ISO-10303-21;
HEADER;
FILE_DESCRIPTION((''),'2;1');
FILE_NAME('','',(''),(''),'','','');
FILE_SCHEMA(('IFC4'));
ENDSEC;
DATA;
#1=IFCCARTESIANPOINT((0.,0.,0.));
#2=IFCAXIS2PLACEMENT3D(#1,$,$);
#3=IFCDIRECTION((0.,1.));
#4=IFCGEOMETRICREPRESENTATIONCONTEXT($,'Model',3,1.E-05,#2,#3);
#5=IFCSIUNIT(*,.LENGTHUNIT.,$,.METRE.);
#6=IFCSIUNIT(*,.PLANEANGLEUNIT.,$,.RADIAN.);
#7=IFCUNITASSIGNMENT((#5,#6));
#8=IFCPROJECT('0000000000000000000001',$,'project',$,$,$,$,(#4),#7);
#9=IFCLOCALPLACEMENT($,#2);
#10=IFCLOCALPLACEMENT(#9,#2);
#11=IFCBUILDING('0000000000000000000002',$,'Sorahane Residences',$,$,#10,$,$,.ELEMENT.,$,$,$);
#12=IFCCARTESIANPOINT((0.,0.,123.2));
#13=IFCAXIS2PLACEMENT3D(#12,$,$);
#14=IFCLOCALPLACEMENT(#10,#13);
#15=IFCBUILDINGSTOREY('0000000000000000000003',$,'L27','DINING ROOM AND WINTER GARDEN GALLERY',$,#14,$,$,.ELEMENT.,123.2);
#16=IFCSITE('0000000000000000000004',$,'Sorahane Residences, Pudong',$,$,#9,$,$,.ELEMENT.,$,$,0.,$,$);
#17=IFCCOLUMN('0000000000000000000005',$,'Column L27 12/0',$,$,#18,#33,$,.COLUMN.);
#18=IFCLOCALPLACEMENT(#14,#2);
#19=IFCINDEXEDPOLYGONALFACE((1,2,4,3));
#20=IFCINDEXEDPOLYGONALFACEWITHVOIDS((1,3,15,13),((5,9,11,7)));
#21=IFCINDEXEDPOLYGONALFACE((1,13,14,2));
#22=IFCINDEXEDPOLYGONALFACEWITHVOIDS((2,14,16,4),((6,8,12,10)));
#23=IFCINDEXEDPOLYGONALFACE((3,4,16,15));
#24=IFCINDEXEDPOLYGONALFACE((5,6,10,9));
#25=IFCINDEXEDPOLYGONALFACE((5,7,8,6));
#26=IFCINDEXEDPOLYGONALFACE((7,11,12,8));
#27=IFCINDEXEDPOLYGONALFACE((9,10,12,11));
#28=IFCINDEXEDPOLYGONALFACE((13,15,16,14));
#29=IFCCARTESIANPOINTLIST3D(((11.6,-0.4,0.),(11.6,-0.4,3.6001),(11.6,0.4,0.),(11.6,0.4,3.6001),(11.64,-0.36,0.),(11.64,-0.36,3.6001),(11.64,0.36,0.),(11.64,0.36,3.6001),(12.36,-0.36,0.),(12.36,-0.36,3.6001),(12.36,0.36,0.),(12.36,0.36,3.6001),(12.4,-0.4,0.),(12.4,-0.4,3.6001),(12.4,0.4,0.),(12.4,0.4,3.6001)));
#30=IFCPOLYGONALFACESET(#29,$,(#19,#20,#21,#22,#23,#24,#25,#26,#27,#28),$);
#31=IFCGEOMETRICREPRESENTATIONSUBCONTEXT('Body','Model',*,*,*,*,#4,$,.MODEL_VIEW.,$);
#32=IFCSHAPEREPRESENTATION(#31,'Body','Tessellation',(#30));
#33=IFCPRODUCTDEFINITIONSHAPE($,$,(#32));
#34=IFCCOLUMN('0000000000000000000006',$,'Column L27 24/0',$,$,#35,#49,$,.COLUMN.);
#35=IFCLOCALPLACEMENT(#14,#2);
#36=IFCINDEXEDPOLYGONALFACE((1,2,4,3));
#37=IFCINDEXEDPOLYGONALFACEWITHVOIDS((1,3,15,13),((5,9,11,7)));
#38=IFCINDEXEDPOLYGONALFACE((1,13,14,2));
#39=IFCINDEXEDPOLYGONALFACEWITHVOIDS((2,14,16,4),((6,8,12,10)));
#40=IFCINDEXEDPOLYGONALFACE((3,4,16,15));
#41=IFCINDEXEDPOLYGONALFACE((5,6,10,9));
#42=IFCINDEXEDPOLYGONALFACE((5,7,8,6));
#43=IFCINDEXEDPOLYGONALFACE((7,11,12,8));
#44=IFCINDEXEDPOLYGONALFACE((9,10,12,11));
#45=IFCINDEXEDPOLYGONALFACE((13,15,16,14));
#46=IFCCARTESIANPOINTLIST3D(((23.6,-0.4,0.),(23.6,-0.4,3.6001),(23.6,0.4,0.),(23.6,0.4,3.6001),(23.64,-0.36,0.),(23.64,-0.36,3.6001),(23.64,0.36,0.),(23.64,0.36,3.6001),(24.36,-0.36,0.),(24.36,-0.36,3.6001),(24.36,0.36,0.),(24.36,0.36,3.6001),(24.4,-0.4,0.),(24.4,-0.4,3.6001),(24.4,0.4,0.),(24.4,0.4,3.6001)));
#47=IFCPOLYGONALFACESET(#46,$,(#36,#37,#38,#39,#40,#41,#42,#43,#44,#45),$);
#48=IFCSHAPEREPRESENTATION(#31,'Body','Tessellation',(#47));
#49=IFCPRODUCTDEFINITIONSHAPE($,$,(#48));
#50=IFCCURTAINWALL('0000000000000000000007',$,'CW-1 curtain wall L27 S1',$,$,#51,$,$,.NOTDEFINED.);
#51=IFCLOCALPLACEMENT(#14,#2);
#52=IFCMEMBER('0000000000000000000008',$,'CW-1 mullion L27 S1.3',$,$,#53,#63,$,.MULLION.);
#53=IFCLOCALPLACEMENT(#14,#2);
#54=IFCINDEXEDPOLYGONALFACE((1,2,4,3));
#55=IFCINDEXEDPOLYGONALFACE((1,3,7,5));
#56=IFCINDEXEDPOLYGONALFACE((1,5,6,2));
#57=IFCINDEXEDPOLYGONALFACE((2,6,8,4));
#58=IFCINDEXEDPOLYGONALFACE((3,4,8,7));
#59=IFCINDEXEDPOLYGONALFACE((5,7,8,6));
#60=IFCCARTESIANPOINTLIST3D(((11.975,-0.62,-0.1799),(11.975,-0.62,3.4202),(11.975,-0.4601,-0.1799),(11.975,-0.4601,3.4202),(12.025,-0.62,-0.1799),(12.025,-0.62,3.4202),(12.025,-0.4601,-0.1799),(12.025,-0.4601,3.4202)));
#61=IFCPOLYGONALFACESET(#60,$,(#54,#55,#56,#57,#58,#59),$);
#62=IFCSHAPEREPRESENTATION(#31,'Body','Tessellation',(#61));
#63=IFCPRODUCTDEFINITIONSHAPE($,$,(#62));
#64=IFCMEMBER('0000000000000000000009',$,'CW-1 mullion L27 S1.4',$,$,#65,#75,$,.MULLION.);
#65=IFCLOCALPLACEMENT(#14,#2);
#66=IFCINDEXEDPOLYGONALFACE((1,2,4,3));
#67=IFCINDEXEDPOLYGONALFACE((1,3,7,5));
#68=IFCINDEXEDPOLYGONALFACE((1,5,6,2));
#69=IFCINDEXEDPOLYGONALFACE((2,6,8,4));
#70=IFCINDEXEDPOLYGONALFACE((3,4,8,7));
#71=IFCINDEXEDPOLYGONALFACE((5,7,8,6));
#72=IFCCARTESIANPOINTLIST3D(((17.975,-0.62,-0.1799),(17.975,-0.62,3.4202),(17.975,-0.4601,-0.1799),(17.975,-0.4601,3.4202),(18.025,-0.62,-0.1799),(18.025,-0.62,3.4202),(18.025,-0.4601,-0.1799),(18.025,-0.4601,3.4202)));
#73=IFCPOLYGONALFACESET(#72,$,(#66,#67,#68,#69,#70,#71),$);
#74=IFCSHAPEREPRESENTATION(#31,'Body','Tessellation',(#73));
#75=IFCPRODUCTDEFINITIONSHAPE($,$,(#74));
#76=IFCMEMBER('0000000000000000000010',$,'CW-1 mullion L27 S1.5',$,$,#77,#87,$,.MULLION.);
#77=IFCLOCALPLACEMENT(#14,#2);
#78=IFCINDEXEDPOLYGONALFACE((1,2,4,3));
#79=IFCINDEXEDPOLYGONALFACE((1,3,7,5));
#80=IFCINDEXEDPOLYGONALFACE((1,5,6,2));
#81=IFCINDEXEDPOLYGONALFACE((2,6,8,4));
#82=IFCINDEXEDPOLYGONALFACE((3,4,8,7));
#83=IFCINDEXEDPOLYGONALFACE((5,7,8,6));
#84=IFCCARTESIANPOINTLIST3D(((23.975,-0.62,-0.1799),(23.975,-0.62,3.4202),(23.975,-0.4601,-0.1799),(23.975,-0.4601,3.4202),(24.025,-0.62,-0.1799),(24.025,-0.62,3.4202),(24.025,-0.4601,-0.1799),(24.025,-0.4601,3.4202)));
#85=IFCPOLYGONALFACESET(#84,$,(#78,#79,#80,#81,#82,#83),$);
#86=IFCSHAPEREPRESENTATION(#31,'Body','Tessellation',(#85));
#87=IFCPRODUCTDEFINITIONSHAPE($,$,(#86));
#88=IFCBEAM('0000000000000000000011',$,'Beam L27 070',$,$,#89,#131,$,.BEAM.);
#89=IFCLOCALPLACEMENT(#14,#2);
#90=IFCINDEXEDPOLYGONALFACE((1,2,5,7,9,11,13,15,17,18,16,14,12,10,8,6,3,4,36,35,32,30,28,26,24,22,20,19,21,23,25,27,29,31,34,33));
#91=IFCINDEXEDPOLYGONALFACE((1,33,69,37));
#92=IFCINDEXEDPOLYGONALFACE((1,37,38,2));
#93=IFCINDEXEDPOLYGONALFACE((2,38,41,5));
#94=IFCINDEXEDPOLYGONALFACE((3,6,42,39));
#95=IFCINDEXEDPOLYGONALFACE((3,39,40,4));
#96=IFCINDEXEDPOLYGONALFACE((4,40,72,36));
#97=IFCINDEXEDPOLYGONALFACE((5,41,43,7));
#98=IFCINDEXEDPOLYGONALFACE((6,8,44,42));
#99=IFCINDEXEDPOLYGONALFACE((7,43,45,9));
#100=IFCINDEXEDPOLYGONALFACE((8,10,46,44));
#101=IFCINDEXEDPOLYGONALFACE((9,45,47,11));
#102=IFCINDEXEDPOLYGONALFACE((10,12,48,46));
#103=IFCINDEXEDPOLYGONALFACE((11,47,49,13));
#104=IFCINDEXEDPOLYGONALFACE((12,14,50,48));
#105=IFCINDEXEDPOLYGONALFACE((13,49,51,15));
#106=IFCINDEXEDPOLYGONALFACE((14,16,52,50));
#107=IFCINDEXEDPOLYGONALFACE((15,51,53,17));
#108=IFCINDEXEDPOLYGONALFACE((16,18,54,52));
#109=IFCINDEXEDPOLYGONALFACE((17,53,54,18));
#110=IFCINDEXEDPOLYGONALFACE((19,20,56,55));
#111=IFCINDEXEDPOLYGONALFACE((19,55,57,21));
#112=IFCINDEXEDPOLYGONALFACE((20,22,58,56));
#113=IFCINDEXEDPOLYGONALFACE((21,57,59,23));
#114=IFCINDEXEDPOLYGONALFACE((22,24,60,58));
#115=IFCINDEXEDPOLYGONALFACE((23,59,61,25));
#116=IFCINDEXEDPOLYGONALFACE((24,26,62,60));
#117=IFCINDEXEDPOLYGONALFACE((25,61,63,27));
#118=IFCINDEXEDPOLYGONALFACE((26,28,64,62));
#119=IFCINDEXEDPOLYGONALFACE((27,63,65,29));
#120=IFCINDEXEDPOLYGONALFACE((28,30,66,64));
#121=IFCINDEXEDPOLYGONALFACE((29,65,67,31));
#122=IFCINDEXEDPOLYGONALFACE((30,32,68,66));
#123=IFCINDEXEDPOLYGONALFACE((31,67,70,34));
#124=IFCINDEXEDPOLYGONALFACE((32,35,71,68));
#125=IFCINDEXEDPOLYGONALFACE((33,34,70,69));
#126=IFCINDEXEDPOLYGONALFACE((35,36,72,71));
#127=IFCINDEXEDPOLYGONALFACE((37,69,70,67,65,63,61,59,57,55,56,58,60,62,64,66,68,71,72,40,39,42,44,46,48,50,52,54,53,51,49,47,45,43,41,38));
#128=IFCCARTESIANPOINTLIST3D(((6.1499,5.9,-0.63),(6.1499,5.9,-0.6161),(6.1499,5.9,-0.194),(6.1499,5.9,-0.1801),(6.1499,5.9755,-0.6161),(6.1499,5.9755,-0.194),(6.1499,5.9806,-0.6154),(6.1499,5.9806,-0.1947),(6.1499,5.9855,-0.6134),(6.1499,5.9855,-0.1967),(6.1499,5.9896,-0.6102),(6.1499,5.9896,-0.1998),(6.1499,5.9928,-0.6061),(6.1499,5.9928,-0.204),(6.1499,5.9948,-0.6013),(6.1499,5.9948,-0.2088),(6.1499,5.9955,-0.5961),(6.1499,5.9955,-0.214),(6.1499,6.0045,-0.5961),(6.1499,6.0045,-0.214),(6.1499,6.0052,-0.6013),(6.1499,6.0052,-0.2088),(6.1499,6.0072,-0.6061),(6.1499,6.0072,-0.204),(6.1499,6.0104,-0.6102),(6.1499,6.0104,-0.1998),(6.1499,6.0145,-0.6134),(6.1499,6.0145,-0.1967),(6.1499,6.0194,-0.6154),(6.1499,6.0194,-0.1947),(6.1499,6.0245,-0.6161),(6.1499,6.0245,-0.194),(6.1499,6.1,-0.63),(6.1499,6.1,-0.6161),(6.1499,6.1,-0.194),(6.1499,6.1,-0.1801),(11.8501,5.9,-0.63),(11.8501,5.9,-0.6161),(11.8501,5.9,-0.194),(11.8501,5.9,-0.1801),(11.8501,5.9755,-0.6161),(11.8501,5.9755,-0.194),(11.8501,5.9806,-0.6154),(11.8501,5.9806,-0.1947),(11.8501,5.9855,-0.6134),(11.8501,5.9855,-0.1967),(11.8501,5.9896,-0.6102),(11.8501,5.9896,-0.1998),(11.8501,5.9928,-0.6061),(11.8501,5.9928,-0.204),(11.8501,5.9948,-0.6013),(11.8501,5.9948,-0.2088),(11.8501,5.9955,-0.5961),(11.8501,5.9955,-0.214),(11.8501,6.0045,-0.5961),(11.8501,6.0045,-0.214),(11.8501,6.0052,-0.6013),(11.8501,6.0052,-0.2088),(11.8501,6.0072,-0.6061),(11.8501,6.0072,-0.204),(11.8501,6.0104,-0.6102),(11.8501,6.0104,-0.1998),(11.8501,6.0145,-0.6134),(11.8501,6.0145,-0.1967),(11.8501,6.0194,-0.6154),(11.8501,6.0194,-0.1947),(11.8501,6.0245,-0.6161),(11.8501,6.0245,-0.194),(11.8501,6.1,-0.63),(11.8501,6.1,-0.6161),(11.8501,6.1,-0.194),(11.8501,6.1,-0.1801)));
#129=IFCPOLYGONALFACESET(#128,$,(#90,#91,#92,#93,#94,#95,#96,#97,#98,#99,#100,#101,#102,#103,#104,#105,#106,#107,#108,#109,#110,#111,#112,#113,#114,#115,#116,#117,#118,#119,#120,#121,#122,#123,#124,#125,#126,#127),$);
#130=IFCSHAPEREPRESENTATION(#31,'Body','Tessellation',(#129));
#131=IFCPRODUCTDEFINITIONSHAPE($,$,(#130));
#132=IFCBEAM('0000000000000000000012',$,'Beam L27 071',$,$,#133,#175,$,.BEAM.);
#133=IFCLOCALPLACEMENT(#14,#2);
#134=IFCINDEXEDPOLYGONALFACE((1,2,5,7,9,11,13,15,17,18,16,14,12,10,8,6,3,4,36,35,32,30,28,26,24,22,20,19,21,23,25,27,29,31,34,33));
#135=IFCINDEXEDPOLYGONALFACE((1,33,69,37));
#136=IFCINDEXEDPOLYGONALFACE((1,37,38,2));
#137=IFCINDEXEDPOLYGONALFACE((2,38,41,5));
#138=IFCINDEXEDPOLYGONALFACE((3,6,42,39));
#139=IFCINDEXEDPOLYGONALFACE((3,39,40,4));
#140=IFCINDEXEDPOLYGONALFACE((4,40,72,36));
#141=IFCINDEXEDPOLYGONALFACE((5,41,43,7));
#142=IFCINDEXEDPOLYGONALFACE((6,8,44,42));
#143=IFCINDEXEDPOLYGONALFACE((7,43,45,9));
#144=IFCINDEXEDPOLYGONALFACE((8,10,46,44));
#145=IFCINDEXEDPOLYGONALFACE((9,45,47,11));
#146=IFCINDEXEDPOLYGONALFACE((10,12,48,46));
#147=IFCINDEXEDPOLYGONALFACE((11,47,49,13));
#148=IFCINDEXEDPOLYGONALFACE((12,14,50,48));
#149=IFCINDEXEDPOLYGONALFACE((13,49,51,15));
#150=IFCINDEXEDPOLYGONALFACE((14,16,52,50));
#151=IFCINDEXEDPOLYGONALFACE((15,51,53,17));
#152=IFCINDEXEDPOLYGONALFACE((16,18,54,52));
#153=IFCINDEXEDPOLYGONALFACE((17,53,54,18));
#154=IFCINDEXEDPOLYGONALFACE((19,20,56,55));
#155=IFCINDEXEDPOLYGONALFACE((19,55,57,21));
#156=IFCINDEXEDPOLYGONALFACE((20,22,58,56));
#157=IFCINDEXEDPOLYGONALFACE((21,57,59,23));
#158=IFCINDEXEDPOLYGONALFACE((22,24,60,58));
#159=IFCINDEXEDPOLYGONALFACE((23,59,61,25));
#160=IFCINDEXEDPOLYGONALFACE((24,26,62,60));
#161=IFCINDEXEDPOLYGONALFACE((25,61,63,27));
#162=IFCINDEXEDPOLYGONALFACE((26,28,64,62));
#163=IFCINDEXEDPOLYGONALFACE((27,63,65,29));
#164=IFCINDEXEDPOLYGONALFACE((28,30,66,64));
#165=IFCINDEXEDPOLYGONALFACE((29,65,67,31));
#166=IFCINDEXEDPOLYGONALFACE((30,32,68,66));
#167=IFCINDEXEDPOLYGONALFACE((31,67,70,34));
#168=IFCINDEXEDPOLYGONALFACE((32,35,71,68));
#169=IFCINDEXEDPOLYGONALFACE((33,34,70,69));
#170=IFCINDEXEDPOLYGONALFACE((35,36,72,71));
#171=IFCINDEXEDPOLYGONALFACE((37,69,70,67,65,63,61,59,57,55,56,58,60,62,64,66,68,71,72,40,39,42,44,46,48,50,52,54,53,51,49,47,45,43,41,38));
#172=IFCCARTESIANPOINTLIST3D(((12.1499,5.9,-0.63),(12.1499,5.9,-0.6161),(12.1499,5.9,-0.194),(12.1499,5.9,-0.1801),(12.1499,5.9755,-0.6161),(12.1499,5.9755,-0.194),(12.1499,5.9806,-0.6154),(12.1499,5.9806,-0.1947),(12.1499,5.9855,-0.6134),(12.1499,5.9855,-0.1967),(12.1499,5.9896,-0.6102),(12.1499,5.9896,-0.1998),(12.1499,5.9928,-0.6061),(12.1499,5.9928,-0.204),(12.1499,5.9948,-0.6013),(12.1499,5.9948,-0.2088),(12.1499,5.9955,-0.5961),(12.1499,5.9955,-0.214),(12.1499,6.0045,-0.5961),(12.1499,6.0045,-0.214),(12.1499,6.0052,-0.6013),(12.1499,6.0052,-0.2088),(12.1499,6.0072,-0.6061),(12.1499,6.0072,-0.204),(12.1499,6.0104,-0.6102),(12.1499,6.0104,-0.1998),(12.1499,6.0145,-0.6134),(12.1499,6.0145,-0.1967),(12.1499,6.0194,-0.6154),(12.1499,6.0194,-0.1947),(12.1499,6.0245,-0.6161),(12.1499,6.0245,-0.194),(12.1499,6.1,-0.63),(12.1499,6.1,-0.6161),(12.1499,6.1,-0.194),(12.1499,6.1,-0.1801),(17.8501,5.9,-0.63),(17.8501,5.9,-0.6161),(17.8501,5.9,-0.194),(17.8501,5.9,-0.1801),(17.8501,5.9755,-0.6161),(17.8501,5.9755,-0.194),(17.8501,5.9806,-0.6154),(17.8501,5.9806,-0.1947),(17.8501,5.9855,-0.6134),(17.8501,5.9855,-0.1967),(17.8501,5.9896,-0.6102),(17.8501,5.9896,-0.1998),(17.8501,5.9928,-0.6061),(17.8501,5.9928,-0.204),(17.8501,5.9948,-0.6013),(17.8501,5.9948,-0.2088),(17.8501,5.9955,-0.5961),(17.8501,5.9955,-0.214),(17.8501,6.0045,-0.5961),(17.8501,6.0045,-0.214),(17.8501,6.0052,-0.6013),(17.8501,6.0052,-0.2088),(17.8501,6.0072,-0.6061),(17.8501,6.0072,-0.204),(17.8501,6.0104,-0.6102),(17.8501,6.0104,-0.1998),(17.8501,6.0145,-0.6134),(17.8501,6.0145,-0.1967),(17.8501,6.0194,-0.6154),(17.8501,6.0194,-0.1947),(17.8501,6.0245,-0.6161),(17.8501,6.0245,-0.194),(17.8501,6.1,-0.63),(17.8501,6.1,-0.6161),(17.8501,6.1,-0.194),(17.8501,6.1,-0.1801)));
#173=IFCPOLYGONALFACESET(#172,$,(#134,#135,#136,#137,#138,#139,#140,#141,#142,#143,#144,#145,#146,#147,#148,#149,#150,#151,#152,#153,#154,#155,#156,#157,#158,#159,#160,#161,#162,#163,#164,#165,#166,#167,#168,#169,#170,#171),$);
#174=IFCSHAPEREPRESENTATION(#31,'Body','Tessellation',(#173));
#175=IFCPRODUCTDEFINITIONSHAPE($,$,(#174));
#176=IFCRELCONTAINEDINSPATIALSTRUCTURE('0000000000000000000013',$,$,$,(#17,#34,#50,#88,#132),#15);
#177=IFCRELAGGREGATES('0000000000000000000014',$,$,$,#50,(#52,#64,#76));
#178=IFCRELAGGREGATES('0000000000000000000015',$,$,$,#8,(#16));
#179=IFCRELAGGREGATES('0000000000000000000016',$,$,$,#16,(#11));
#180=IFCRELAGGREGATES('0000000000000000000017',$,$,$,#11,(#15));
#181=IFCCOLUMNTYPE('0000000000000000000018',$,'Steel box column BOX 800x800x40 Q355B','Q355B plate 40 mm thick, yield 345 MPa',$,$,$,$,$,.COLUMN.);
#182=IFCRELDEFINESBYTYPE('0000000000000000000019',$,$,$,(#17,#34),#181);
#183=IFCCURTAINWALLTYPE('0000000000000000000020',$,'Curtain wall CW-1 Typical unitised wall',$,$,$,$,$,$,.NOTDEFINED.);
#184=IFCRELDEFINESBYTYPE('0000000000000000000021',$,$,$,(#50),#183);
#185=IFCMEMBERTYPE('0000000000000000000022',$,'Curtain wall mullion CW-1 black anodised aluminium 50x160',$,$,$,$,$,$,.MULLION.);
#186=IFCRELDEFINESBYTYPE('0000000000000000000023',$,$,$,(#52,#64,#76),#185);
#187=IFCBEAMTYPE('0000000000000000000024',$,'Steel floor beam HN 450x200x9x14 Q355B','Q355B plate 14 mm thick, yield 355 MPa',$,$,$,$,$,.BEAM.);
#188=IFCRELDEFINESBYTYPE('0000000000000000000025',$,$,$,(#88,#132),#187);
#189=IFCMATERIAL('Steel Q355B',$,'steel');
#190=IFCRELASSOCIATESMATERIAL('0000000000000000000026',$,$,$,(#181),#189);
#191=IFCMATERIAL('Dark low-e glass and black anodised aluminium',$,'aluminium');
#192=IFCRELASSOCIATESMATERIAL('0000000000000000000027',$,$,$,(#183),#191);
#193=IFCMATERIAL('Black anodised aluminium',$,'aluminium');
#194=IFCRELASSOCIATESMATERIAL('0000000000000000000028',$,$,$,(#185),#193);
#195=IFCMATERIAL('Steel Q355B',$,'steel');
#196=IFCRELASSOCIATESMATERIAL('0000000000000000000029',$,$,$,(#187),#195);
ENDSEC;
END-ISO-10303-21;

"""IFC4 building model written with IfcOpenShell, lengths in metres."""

from ifc_helpers import new_model, si_unit, direction, frame, origin, origin_2d, place, context, subcontext, project, spatial, rectangle, hollow_rectangle, i_section, extrude, material, material_profile, profile_set, type_object, element, aggregate, save


model = new_model("IFC4")

# Units and contexts
model_context = context("Model", 3, precision=1e-05, world=origin(), true_north=direction((0.0, 1.0)))
body_context = subcontext(model_context, "Body", "Model", "MODEL_VIEW")
ifc_project = project(units=[si_unit("LENGTHUNIT", "METRE"), si_unit("PLANEANGLEUNIT", "RADIAN")], contexts=[model_context])

# Site, building, storey
site_placement = place(None, origin())
site = spatial("IfcSite", under=ifc_project, at=site_placement, Name="Sorahane Residences, Pudong", CompositionType="ELEMENT", RefElevation=0.0)
building_placement = place(site_placement, origin())
building = spatial("IfcBuilding", under=site, at=building_placement, Name="Sorahane Residences", CompositionType="ELEMENT")
storey_placement = place(building_placement, frame((0.0, 0.0, 123.2)))
storey = spatial("IfcBuildingStorey", under=building, at=storey_placement, Name="L27", Description="DINING ROOM AND WINTER GARDEN GALLERY", CompositionType="ELEMENT", Elevation=123.2)

# Columns
ifc_material_1 = material(Name="Steel Q355B", Category="steel")
ifc_material_profile_1 = material_profile(ifc_material_1, hollow_rectangle(XDim=0.8, YDim=0.8, WallThickness=0.04, at=origin_2d()), Name="BOX 800x800x40")
ifc_profile_set_1 = profile_set([ifc_material_profile_1], Name="Steel Q355B")
column_type = type_object("IfcColumnType", Name="Steel box column BOX 800x800x40 Q355B", Description="Q355B plate 40 mm thick, yield 345 MPa", PredefinedType="COLUMN", material=ifc_profile_set_1)
for number, where, z_axis, x_axis, name in (
    (1, (12.0, 0.0, 0.0), (0.0, 0.0, 1.0), (1.0, 0.0, 0.0), "Column L27 12/0"),
    (2, (24.0, 0.0, 0.0), (0.0, 0.0, 1.0), (1.0, 0.0, 0.0), "Column L27 24/0"),
):
    element("IfcColumn", number, at=place(storey_placement, frame(where, z_axis=z_axis, x_axis=x_axis)), inside=storey, type_object=column_type, Name=name, PredefinedType="COLUMN", context=body_context, shape_type="SweptSolid", body=[
        extrude(hollow_rectangle(XDim=0.8, YDim=0.8, WallThickness=0.04, at=origin_2d()), origin(), (0.0, 0.0, 1.0), 3.6001),
    ])

# Curtain wall, members
ifc_material_2 = material(Name="Dark low-e glass and black anodised aluminium", Category="aluminium")
curtain_wall_type = type_object("IfcCurtainWallType", Name="Curtain wall CW-1 Typical unitised wall", PredefinedType="NOTDEFINED", material=ifc_material_2)
curtain_wall_placement = place(storey_placement, origin())
curtain_wall = element("IfcCurtainWall", 3, at=curtain_wall_placement, inside=storey, type_object=curtain_wall_type, Name="CW-1 curtain wall L27 S1", PredefinedType="NOTDEFINED")
ifc_material_3 = material(Name="Black anodised aluminium", Category="aluminium")
ifc_material_profile_2 = material_profile(ifc_material_3, rectangle(XDim=0.1599, YDim=0.05, at=origin_2d()), Name="Curtain wall mullion CW-1 black anodised aluminium 50x160")
ifc_profile_set_2 = profile_set([ifc_material_profile_2], Name="Black anodised aluminium")
member_type = type_object("IfcMemberType", Name="Curtain wall mullion CW-1 black anodised aluminium 50x160", PredefinedType="MULLION", material=ifc_profile_set_2)
member_1_placement = place(storey_placement, frame((12.0, -0.54, -0.1799), z_axis=(0.0, 0.0, 1.0), x_axis=(0.0, -1.0, 0.0)))
member_1 = element("IfcMember", 4, at=member_1_placement, type_object=member_type, Name="CW-1 mullion L27 S1.3", PredefinedType="MULLION", context=body_context, shape_type="SweptSolid", body=[
    extrude(rectangle(XDim=0.1599, YDim=0.05, at=origin_2d()), origin(), (0.0, 0.0, 1.0), 3.6001),
])
member_2_placement = place(storey_placement, frame((18.0, -0.54, -0.1799), z_axis=(0.0, 0.0, 1.0), x_axis=(0.0, -1.0, 0.0)))
member_2 = element("IfcMember", 5, at=member_2_placement, type_object=member_type, Name="CW-1 mullion L27 S1.4", PredefinedType="MULLION", context=body_context, shape_type="SweptSolid", body=[
    extrude(rectangle(XDim=0.1599, YDim=0.05, at=origin_2d()), origin(), (0.0, 0.0, 1.0), 3.6001),
])
member_3_placement = place(storey_placement, frame((24.0, -0.54, -0.1799), z_axis=(0.0, 0.0, 1.0), x_axis=(0.0, -1.0, 0.0)))
member_3 = element("IfcMember", 6, at=member_3_placement, type_object=member_type, Name="CW-1 mullion L27 S1.5", PredefinedType="MULLION", context=body_context, shape_type="SweptSolid", body=[
    extrude(rectangle(XDim=0.1599, YDim=0.05, at=origin_2d()), origin(), (0.0, 0.0, 1.0), 3.6001),
])

# Beams
ifc_material_4 = material(Name="Steel Q355B", Category="steel")
ifc_material_profile_3 = material_profile(ifc_material_4, i_section(OverallWidth=0.2, OverallDepth=0.45, WebThickness=0.009, FlangeThickness=0.0139, FilletRadius=0.02, at=origin_2d()), Name="HN 450x200x9x14")
ifc_profile_set_3 = profile_set([ifc_material_profile_3], Name="Steel Q355B")
beam_type_1 = type_object("IfcBeamType", Name="Steel floor beam HN 450x200x9x14 Q355B", Description="Q355B plate 14 mm thick, yield 355 MPa", PredefinedType="BEAM", material=ifc_profile_set_3)
for number, where, z_axis, x_axis, name in (
    (7, (6.1499, 6.0, -0.405), (1.0, 0.0, 0.0), (0.0, 1.0, 0.0), "Beam L27 070"),
    (8, (12.1499, 6.0, -0.405), (1.0, 0.0, 0.0), (0.0, 1.0, 0.0), "Beam L27 071"),
):
    element("IfcBeam", number, at=place(storey_placement, frame(where, z_axis=z_axis, x_axis=x_axis)), inside=storey, type_object=beam_type_1, Name=name, PredefinedType="BEAM", context=body_context, shape_type="SweptSolid", body=[
        extrude(i_section(OverallWidth=0.2, OverallDepth=0.45, WebThickness=0.009, FlangeThickness=0.0139, FilletRadius=0.02, at=origin_2d()), origin(), (0.0, 0.0, 1.0), 5.7002),
    ])

aggregate(curtain_wall, [member_1, member_2, member_3])

save(model, "model.ifc")
